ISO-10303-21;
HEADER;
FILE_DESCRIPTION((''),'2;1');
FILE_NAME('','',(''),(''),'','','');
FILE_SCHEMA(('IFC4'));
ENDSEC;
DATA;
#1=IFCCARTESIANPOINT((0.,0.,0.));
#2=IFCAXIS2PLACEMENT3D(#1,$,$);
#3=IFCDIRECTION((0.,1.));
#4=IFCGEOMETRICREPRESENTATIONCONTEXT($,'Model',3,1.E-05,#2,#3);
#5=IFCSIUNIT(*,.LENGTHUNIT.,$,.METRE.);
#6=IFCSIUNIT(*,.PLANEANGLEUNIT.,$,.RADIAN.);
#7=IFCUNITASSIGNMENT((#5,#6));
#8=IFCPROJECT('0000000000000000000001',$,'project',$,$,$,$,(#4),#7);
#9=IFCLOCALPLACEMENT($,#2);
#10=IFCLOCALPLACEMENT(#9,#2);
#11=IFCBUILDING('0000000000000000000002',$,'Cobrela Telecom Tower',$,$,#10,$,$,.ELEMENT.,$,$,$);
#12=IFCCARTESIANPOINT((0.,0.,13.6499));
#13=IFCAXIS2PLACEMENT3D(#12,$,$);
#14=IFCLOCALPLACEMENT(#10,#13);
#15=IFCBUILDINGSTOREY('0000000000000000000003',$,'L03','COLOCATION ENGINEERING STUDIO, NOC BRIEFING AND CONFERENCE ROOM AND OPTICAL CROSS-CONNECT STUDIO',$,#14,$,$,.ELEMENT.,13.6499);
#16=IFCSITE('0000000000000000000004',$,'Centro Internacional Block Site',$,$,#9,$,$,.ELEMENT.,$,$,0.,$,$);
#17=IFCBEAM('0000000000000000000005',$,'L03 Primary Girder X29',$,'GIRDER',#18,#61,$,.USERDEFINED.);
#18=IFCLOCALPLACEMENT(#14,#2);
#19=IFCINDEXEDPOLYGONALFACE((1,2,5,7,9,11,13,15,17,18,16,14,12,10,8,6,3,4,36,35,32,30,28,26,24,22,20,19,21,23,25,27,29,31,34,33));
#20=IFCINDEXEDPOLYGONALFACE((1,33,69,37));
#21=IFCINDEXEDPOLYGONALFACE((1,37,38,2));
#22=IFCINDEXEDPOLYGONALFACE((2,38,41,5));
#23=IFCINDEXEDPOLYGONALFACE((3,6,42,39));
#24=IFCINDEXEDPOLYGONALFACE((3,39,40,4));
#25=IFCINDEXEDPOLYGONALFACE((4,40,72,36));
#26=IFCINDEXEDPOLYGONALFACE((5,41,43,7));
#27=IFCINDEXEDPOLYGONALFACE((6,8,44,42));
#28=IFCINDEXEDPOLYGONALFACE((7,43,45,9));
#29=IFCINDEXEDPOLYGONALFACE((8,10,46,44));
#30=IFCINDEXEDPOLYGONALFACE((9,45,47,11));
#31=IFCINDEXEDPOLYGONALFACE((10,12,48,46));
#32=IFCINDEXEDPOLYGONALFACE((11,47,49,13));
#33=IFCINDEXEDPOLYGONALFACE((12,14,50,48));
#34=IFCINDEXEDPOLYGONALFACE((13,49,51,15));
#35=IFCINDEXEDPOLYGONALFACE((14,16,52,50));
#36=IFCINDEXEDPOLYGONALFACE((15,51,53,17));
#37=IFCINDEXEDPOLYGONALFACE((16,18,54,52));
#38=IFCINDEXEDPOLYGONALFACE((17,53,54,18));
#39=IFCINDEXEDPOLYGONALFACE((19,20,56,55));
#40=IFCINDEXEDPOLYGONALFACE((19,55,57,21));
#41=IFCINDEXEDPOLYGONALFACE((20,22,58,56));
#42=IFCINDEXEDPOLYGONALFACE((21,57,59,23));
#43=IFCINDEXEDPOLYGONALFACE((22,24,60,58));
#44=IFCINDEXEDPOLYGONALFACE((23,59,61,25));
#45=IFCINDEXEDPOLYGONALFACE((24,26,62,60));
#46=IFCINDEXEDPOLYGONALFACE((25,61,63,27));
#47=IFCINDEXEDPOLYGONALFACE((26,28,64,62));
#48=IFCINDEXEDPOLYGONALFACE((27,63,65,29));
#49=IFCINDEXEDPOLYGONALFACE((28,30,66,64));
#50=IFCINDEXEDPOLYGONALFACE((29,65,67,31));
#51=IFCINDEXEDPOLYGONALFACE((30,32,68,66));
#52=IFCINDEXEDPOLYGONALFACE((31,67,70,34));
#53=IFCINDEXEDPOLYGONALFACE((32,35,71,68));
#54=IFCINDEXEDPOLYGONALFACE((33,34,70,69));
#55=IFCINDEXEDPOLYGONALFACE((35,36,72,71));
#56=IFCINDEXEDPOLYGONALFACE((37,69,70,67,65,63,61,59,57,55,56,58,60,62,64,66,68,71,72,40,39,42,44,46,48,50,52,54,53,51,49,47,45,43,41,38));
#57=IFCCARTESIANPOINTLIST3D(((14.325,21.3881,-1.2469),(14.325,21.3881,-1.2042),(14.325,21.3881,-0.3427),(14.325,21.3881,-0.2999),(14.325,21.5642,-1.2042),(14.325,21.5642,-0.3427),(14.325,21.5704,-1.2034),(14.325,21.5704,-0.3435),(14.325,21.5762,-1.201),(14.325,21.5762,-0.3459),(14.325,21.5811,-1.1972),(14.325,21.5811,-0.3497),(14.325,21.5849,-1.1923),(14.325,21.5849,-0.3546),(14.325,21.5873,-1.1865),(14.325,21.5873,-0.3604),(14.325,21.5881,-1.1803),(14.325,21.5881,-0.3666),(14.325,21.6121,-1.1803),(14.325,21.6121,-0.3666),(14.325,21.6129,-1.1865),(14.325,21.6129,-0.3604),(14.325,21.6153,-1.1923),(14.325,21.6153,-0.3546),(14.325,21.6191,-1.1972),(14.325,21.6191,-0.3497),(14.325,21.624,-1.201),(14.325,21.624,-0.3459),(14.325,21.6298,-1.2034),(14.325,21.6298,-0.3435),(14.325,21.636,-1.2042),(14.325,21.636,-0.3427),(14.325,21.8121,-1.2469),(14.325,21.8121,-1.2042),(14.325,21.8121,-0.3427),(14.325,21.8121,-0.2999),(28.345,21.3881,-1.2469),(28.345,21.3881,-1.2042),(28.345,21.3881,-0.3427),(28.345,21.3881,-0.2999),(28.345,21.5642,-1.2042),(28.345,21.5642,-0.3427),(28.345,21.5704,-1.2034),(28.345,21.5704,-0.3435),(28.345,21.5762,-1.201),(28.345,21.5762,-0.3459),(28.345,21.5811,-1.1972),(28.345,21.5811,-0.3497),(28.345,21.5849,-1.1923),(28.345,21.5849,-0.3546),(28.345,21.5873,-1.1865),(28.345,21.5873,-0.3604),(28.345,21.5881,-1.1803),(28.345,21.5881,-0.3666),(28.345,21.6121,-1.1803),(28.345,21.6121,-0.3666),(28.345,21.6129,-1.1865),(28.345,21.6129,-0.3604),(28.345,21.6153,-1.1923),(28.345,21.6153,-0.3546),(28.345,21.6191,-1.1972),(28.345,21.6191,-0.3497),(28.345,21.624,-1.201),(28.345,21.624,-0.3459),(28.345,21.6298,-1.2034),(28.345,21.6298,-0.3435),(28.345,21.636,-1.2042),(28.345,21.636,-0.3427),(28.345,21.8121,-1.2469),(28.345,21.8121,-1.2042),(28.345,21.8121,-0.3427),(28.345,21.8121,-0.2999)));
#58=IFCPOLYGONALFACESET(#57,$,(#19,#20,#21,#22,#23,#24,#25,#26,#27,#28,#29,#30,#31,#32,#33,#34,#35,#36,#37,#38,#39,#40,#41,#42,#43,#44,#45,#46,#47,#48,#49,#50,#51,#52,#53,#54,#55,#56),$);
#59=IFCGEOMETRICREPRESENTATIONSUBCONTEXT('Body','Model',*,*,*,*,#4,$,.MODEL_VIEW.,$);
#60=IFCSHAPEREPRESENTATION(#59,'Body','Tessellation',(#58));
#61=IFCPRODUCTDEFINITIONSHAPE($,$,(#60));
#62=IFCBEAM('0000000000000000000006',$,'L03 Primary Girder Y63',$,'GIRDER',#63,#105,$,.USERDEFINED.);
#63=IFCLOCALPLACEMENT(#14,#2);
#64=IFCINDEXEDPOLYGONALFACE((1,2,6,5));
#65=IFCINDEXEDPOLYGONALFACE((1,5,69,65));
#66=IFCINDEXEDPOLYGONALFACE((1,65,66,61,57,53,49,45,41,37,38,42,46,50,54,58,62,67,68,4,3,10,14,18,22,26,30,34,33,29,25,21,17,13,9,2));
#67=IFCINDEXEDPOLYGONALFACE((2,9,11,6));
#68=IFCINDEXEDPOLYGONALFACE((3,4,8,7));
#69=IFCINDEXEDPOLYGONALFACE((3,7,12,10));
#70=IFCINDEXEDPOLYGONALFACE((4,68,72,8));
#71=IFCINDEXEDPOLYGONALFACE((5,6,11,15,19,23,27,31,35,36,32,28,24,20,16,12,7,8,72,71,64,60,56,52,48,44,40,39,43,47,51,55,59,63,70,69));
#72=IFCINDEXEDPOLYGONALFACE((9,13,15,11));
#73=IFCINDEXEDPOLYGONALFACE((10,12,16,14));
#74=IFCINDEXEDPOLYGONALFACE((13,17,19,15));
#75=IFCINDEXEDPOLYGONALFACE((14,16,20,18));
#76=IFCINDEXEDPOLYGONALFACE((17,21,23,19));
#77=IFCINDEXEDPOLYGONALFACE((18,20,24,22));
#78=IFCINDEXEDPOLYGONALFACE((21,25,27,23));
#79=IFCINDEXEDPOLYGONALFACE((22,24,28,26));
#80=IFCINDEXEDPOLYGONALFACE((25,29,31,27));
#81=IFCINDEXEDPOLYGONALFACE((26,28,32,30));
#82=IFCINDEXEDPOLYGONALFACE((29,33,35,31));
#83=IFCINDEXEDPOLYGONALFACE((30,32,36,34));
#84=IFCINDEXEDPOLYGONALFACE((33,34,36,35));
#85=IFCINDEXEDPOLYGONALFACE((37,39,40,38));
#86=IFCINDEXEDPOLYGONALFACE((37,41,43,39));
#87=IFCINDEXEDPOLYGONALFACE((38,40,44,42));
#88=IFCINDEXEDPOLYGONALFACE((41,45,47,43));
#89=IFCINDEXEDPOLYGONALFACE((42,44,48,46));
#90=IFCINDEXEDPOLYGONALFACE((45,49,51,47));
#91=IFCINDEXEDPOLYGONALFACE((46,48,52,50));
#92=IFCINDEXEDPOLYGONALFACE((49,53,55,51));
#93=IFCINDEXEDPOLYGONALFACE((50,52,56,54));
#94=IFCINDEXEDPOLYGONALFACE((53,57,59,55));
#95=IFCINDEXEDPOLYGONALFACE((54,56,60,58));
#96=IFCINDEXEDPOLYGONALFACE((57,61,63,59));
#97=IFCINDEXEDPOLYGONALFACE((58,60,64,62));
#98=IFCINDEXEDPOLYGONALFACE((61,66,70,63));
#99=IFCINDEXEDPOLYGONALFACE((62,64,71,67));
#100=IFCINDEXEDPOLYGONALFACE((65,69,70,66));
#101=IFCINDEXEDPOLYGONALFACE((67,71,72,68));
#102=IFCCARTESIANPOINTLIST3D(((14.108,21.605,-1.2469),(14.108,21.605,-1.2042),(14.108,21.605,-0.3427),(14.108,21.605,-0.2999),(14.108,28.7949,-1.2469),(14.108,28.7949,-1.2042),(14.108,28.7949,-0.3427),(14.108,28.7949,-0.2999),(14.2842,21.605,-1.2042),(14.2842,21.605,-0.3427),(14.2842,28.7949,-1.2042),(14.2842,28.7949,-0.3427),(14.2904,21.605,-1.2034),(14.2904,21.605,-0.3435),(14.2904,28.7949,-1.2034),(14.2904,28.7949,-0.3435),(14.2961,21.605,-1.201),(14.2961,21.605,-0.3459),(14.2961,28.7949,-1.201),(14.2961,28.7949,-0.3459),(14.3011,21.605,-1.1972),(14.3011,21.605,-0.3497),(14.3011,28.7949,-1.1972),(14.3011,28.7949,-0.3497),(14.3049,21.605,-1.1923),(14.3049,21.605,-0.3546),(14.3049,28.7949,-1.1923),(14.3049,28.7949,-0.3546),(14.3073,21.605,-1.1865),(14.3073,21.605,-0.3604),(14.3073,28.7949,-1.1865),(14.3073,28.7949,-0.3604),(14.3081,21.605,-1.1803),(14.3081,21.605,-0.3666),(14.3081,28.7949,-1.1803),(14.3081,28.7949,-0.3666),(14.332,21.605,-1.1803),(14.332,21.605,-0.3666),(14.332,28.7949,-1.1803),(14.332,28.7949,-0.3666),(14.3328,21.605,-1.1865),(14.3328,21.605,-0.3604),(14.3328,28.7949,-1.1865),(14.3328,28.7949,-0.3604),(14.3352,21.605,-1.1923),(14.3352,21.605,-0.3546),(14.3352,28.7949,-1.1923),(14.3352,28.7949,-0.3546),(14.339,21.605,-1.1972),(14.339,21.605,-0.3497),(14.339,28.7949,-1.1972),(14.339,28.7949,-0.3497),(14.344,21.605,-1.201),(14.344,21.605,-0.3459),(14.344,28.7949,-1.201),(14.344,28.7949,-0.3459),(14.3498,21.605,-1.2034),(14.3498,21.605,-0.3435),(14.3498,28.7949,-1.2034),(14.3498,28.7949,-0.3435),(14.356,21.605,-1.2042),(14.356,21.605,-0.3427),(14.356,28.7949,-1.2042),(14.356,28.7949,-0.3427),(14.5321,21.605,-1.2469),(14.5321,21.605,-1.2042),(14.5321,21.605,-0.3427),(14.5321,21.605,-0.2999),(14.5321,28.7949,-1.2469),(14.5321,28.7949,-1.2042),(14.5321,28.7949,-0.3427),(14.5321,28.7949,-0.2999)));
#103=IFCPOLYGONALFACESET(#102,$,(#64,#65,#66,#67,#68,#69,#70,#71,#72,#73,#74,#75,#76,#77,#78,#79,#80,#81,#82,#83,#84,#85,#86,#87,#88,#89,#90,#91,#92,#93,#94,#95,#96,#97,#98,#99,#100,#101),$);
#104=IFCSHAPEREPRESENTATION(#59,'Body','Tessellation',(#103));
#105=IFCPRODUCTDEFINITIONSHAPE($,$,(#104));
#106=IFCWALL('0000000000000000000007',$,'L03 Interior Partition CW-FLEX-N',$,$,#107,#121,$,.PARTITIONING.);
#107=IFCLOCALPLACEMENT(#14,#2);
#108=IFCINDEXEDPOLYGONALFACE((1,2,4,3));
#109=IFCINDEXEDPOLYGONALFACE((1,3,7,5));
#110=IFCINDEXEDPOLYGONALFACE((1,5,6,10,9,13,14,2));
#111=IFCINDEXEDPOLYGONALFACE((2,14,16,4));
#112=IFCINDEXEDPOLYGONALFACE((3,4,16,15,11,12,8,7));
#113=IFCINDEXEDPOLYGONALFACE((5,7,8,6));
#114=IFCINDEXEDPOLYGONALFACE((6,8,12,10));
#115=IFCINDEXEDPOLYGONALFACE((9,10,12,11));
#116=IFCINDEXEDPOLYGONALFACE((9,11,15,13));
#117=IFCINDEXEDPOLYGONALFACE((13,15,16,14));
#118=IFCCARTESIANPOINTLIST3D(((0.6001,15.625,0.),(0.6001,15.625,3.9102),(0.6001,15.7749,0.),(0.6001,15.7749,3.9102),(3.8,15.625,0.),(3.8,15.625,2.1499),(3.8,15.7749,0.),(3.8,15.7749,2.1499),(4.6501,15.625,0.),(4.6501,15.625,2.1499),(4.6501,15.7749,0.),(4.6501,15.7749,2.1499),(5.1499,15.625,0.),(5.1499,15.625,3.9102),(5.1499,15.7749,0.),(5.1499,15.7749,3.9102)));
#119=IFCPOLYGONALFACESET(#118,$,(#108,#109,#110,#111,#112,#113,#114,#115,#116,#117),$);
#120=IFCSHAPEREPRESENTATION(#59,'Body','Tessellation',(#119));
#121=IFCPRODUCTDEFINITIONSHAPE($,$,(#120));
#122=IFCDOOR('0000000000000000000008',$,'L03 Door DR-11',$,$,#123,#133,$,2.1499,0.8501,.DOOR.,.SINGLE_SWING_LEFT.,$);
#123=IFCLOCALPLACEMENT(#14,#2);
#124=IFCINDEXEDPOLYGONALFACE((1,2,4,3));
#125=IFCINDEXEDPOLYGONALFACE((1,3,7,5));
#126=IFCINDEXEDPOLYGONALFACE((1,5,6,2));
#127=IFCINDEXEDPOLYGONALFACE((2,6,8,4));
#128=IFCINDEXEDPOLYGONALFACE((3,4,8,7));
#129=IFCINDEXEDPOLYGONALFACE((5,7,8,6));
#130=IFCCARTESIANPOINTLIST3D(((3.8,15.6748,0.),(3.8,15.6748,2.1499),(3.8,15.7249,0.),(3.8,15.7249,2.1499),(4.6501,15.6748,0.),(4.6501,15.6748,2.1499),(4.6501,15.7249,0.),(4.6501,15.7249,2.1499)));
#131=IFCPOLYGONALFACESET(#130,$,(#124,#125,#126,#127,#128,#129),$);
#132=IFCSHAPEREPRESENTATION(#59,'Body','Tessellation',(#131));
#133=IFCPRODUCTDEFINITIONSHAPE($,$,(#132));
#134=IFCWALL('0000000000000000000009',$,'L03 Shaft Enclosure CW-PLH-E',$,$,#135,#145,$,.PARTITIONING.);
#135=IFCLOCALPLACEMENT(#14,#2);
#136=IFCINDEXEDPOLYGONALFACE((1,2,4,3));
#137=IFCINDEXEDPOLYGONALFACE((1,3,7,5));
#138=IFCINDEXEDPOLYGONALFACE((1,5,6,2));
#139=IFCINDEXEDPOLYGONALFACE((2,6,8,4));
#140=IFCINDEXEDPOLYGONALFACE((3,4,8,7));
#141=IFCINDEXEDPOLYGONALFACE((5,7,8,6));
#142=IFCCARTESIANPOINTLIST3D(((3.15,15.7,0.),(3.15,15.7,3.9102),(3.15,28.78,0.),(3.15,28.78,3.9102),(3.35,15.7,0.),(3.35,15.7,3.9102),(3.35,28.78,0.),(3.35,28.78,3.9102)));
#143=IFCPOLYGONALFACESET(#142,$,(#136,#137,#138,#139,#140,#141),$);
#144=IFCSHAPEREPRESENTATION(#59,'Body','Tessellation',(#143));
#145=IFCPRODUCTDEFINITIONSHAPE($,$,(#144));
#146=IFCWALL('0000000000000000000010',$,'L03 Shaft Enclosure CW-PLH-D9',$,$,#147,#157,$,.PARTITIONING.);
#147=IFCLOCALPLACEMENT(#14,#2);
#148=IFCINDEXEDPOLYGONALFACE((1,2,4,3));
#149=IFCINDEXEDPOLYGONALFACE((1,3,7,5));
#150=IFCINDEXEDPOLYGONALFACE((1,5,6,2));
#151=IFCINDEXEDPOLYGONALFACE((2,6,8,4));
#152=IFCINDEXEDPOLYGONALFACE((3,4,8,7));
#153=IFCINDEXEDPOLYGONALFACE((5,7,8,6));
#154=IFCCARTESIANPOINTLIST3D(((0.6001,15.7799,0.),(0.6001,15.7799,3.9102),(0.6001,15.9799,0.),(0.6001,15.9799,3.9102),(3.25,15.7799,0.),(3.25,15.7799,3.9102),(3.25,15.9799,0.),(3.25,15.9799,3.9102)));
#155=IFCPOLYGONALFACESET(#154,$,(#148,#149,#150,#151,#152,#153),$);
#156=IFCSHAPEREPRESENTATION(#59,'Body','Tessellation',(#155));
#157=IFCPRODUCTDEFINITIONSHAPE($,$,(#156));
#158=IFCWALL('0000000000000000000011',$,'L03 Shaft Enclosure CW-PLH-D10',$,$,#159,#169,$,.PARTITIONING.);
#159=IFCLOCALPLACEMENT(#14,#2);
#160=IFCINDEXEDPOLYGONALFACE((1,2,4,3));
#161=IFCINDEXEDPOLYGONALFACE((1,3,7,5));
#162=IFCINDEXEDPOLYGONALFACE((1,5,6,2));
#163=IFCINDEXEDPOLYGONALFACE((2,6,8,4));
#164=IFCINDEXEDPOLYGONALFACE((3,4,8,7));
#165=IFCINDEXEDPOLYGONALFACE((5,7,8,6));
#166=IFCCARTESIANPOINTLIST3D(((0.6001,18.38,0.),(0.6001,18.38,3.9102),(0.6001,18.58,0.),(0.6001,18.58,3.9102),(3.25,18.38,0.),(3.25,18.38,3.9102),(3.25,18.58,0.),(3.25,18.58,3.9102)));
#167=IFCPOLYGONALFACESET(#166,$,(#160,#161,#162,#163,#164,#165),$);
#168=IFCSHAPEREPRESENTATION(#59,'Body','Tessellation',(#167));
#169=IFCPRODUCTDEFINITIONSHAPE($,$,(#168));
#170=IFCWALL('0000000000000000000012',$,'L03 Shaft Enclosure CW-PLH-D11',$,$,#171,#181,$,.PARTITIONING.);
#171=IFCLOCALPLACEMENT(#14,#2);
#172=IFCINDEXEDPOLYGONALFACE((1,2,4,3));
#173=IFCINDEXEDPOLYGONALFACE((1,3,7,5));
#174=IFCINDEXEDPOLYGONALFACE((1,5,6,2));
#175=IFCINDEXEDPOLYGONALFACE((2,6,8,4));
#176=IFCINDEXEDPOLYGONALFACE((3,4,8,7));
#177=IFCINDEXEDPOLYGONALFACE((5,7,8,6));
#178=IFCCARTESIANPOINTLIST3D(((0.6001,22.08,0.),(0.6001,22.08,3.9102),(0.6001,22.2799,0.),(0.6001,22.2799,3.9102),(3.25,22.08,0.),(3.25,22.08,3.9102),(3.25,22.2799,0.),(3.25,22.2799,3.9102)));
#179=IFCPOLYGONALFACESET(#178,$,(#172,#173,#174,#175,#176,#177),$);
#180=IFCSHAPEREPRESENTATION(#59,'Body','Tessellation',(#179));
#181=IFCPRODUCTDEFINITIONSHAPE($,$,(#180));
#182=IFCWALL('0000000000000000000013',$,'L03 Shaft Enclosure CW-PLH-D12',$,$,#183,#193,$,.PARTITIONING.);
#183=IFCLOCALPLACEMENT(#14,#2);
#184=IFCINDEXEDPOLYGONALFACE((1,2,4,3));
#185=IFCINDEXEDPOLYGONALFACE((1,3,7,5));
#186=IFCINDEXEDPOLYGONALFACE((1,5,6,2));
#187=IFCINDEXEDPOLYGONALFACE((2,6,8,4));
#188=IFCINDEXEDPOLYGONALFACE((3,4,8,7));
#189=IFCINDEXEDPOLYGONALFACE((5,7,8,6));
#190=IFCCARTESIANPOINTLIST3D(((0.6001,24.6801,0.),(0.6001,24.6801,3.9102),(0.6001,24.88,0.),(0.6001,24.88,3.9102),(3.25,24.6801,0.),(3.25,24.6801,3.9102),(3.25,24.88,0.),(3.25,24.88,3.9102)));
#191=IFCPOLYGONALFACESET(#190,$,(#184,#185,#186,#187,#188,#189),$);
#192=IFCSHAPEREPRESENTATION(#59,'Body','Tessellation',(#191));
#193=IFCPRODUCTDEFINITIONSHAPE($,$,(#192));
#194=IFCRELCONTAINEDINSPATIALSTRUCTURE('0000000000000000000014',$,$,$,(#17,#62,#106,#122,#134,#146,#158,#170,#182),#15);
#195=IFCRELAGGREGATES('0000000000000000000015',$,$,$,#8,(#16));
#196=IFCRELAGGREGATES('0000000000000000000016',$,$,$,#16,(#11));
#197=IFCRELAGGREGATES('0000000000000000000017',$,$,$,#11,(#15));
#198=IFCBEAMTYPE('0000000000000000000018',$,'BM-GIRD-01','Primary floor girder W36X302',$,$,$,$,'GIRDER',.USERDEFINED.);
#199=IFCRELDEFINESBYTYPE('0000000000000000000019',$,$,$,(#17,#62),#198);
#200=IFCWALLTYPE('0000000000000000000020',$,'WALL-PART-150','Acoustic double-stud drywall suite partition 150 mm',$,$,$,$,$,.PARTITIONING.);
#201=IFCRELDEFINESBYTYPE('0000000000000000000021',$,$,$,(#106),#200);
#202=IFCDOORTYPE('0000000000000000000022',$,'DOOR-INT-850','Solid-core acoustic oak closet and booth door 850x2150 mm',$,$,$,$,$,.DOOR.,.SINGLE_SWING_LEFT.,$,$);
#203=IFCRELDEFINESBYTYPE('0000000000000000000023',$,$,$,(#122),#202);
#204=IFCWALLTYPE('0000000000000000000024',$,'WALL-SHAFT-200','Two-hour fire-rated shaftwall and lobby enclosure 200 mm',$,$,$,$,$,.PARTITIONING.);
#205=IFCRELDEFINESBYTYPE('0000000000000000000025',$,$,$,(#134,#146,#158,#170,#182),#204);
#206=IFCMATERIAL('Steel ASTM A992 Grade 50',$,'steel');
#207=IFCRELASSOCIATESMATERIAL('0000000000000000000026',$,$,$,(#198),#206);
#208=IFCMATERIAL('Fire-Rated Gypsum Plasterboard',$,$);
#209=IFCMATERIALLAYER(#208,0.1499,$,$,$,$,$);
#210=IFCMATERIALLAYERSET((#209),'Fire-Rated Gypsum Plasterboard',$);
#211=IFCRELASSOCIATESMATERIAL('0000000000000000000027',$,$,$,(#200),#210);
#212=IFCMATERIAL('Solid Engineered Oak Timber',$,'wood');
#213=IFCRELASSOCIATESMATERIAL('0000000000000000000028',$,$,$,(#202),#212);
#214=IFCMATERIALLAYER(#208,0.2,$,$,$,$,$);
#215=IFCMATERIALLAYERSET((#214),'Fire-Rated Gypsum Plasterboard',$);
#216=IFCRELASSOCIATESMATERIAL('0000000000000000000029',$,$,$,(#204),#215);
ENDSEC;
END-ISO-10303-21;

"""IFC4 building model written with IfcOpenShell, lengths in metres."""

from ifc_helpers import new_model, si_unit, direction, frame, frame_2d, origin, origin_2d, place, context, subcontext, project, spatial, rectangle, i_section, extrude, material, layer, layer_set, material_profile, profile_set, type_object, element, fill, save


model = new_model("IFC4")

# Units and contexts
model_context = context("Model", 3, precision=1e-05, world=origin(), true_north=direction((0.0, 1.0)))
body_context = subcontext(model_context, "Body", "Model", "MODEL_VIEW")
ifc_project = project(units=[si_unit("LENGTHUNIT", "METRE"), si_unit("PLANEANGLEUNIT", "RADIAN")], contexts=[model_context])

# Site, building, storey
site_placement = place(None, origin())
site = spatial("IfcSite", under=ifc_project, at=site_placement, Name="Centro Internacional Block Site", CompositionType="ELEMENT", RefElevation=0.0)
building_placement = place(site_placement, origin())
building = spatial("IfcBuilding", under=site, at=building_placement, Name="Cobrela Telecom Tower", CompositionType="ELEMENT")
storey_placement = place(building_placement, frame((0.0, 0.0, 13.6499)))
storey = spatial("IfcBuildingStorey", under=building, at=storey_placement, Name="L03", Description="COLOCATION ENGINEERING STUDIO, NOC BRIEFING AND CONFERENCE ROOM AND OPTICAL CROSS-CONNECT STUDIO", CompositionType="ELEMENT", Elevation=13.6499)

# Beams
ifc_material_1 = material(Name="Steel ASTM A992 Grade 50", Category="steel")
ifc_material_profile = material_profile(ifc_material_1, i_section(OverallWidth=0.4241, OverallDepth=0.947, WebThickness=0.0239, FlangeThickness=0.0427, FilletRadius=0.0239, at=origin_2d()), Name="W36X302")
ifc_profile_set = profile_set([ifc_material_profile], Name="Steel ASTM A992 Grade 50")
beam_type = type_object("IfcBeamType", Name="BM-GIRD-01", Description="Primary floor girder W36X302", ElementType="GIRDER", PredefinedType="USERDEFINED", material=ifc_profile_set)
beam_1_placement = place(storey_placement, frame((14.325, 21.6001, -0.7734), z_axis=(1.0, 0.0, 0.0), x_axis=(0.0, 1.0, 0.0)))
element("IfcBeam", 1, at=beam_1_placement, inside=storey, type_object=beam_type, Name="L03 Primary Girder X29", ObjectType="GIRDER", PredefinedType="USERDEFINED", context=body_context, shape_type="SweptSolid", body=[
    extrude(i_section(OverallWidth=0.4241, OverallDepth=0.947, WebThickness=0.0239, FlangeThickness=0.0427, FilletRadius=0.0239, at=origin_2d()), origin(), (0.0, 0.0, 1.0), 14.02),
])
beam_2_placement = place(storey_placement, frame((14.3201, 21.605, -0.7734), z_axis=(0.0, 1.0, 0.0), x_axis=(-1.0, 0.0, 0.0)))
element("IfcBeam", 2, at=beam_2_placement, inside=storey, type_object=beam_type, Name="L03 Primary Girder Y63", ObjectType="GIRDER", PredefinedType="USERDEFINED", context=body_context, shape_type="SweptSolid", body=[
    extrude(i_section(OverallWidth=0.4241, OverallDepth=0.947, WebThickness=0.0239, FlangeThickness=0.0427, FilletRadius=0.0239, at=origin_2d()), origin(), (0.0, 0.0, 1.0), 7.1899),
])

# Wall, opening, door
ifc_material_2 = material(Name="Fire-Rated Gypsum Plasterboard")
ifc_layer_1 = layer(ifc_material_2, 0.1499)
ifc_layer_set_1 = layer_set([ifc_layer_1], Name="Fire-Rated Gypsum Plasterboard")
wall_type_1 = type_object("IfcWallType", Name="WALL-PART-150", Description="Acoustic double-stud drywall suite partition 150 mm", PredefinedType="PARTITIONING", material=ifc_layer_set_1)
wall_1_placement = place(storey_placement, frame((0.6001, 15.7, 0.0), z_axis=(0.0, 0.0, 1.0), x_axis=(1.0, 0.0, 0.0)))
wall_1 = element("IfcWall", 3, at=wall_1_placement, inside=storey, type_object=wall_type_1, Name="L03 Interior Partition CW-FLEX-N", PredefinedType="PARTITIONING", context=body_context, shape_type="SweptSolid", body=[
    extrude(rectangle(XDim=4.5498, YDim=0.1499, at=frame_2d((2.2749, 0.0))), origin(), (0.0, 0.0, 1.0), 3.9102),
])
opening_1_placement = place(wall_1_placement, frame((3.2, 0.0, 0.0)))
opening_1 = element("IfcOpeningElement", 4, at=opening_1_placement, cuts=wall_1, PredefinedType="OPENING", context=body_context, shape_type="SweptSolid", body=[
    extrude(rectangle(XDim=0.8501, YDim=2.1499, at=frame_2d((0.425, 1.075))), frame((0.0, 0.0869, 0.0), z_axis=(0.0, -1.0, 0.0), x_axis=(1.0, 0.0, 0.0)), (0.0, 0.0, 1.0), 0.1738),
])
ifc_material_3 = material(Name="Solid Engineered Oak Timber", Category="wood")
door_type_1 = type_object("IfcDoorType", Name="DOOR-INT-850", Description="Solid-core acoustic oak closet and booth door 850x2150 mm", OperationType="SINGLE_SWING_LEFT", PredefinedType="DOOR", material=ifc_material_3)
door_1_placement = place(opening_1_placement, origin())
door_1 = element("IfcDoor", 5, at=door_1_placement, inside=storey, type_object=door_type_1, Name="L03 Door DR-11", OperationType="SINGLE_SWING_LEFT", OverallHeight=2.1499, OverallWidth=0.8501, PredefinedType="DOOR", context=body_context, shape_type="SweptSolid", body=[
    extrude(rectangle(XDim=0.8501, YDim=2.1499, at=frame_2d((0.425, 1.075))), frame((0.0, 0.0249, 0.0), z_axis=(0.0, -1.0, 0.0), x_axis=(1.0, 0.0, 0.0)), (0.0, 0.0, 1.0), 0.05),
])
fill(opening_1, door_1)

# Walls
ifc_layer_2 = layer(ifc_material_2, 0.2)
ifc_layer_set_2 = layer_set([ifc_layer_2], Name="Fire-Rated Gypsum Plasterboard")
wall_type_2 = type_object("IfcWallType", Name="WALL-SHAFT-200", Description="Two-hour fire-rated shaftwall and lobby enclosure 200 mm", PredefinedType="PARTITIONING", material=ifc_layer_set_2)
wall_2_placement = place(storey_placement, frame((3.25, 15.7, 0.0), z_axis=(0.0, 0.0, 1.0), x_axis=(0.0, 1.0, 0.0)))
element("IfcWall", 6, at=wall_2_placement, inside=storey, type_object=wall_type_2, Name="L03 Shaft Enclosure CW-PLH-E", PredefinedType="PARTITIONING", context=body_context, shape_type="SweptSolid", body=[
    extrude(rectangle(XDim=13.0801, YDim=0.2, at=frame_2d((6.54, 0.0))), origin(), (0.0, 0.0, 1.0), 3.9102),
])
for number, where, z_axis, x_axis, name in (
    (7, (0.6001, 15.8799, 0.0), (0.0, 0.0, 1.0), (1.0, 0.0, 0.0), "L03 Shaft Enclosure CW-PLH-D9"),
    (8, (0.6001, 18.48, 0.0), (0.0, 0.0, 1.0), (1.0, 0.0, 0.0), "L03 Shaft Enclosure CW-PLH-D10"),
    (9, (0.6001, 22.1799, 0.0), (0.0, 0.0, 1.0), (1.0, 0.0, 0.0), "L03 Shaft Enclosure CW-PLH-D11"),
    (10, (0.6001, 24.78, 0.0), (0.0, 0.0, 1.0), (1.0, 0.0, 0.0), "L03 Shaft Enclosure CW-PLH-D12"),
):
    element("IfcWall", number, at=place(storey_placement, frame(where, z_axis=z_axis, x_axis=x_axis)), inside=storey, type_object=wall_type_2, Name=name, PredefinedType="PARTITIONING", context=body_context, shape_type="SweptSolid", body=[
        extrude(rectangle(XDim=2.6499, YDim=0.2, at=frame_2d((1.325, 0.0))), origin(), (0.0, 0.0, 1.0), 3.9102),
    ])

save(model, "model.ifc")
